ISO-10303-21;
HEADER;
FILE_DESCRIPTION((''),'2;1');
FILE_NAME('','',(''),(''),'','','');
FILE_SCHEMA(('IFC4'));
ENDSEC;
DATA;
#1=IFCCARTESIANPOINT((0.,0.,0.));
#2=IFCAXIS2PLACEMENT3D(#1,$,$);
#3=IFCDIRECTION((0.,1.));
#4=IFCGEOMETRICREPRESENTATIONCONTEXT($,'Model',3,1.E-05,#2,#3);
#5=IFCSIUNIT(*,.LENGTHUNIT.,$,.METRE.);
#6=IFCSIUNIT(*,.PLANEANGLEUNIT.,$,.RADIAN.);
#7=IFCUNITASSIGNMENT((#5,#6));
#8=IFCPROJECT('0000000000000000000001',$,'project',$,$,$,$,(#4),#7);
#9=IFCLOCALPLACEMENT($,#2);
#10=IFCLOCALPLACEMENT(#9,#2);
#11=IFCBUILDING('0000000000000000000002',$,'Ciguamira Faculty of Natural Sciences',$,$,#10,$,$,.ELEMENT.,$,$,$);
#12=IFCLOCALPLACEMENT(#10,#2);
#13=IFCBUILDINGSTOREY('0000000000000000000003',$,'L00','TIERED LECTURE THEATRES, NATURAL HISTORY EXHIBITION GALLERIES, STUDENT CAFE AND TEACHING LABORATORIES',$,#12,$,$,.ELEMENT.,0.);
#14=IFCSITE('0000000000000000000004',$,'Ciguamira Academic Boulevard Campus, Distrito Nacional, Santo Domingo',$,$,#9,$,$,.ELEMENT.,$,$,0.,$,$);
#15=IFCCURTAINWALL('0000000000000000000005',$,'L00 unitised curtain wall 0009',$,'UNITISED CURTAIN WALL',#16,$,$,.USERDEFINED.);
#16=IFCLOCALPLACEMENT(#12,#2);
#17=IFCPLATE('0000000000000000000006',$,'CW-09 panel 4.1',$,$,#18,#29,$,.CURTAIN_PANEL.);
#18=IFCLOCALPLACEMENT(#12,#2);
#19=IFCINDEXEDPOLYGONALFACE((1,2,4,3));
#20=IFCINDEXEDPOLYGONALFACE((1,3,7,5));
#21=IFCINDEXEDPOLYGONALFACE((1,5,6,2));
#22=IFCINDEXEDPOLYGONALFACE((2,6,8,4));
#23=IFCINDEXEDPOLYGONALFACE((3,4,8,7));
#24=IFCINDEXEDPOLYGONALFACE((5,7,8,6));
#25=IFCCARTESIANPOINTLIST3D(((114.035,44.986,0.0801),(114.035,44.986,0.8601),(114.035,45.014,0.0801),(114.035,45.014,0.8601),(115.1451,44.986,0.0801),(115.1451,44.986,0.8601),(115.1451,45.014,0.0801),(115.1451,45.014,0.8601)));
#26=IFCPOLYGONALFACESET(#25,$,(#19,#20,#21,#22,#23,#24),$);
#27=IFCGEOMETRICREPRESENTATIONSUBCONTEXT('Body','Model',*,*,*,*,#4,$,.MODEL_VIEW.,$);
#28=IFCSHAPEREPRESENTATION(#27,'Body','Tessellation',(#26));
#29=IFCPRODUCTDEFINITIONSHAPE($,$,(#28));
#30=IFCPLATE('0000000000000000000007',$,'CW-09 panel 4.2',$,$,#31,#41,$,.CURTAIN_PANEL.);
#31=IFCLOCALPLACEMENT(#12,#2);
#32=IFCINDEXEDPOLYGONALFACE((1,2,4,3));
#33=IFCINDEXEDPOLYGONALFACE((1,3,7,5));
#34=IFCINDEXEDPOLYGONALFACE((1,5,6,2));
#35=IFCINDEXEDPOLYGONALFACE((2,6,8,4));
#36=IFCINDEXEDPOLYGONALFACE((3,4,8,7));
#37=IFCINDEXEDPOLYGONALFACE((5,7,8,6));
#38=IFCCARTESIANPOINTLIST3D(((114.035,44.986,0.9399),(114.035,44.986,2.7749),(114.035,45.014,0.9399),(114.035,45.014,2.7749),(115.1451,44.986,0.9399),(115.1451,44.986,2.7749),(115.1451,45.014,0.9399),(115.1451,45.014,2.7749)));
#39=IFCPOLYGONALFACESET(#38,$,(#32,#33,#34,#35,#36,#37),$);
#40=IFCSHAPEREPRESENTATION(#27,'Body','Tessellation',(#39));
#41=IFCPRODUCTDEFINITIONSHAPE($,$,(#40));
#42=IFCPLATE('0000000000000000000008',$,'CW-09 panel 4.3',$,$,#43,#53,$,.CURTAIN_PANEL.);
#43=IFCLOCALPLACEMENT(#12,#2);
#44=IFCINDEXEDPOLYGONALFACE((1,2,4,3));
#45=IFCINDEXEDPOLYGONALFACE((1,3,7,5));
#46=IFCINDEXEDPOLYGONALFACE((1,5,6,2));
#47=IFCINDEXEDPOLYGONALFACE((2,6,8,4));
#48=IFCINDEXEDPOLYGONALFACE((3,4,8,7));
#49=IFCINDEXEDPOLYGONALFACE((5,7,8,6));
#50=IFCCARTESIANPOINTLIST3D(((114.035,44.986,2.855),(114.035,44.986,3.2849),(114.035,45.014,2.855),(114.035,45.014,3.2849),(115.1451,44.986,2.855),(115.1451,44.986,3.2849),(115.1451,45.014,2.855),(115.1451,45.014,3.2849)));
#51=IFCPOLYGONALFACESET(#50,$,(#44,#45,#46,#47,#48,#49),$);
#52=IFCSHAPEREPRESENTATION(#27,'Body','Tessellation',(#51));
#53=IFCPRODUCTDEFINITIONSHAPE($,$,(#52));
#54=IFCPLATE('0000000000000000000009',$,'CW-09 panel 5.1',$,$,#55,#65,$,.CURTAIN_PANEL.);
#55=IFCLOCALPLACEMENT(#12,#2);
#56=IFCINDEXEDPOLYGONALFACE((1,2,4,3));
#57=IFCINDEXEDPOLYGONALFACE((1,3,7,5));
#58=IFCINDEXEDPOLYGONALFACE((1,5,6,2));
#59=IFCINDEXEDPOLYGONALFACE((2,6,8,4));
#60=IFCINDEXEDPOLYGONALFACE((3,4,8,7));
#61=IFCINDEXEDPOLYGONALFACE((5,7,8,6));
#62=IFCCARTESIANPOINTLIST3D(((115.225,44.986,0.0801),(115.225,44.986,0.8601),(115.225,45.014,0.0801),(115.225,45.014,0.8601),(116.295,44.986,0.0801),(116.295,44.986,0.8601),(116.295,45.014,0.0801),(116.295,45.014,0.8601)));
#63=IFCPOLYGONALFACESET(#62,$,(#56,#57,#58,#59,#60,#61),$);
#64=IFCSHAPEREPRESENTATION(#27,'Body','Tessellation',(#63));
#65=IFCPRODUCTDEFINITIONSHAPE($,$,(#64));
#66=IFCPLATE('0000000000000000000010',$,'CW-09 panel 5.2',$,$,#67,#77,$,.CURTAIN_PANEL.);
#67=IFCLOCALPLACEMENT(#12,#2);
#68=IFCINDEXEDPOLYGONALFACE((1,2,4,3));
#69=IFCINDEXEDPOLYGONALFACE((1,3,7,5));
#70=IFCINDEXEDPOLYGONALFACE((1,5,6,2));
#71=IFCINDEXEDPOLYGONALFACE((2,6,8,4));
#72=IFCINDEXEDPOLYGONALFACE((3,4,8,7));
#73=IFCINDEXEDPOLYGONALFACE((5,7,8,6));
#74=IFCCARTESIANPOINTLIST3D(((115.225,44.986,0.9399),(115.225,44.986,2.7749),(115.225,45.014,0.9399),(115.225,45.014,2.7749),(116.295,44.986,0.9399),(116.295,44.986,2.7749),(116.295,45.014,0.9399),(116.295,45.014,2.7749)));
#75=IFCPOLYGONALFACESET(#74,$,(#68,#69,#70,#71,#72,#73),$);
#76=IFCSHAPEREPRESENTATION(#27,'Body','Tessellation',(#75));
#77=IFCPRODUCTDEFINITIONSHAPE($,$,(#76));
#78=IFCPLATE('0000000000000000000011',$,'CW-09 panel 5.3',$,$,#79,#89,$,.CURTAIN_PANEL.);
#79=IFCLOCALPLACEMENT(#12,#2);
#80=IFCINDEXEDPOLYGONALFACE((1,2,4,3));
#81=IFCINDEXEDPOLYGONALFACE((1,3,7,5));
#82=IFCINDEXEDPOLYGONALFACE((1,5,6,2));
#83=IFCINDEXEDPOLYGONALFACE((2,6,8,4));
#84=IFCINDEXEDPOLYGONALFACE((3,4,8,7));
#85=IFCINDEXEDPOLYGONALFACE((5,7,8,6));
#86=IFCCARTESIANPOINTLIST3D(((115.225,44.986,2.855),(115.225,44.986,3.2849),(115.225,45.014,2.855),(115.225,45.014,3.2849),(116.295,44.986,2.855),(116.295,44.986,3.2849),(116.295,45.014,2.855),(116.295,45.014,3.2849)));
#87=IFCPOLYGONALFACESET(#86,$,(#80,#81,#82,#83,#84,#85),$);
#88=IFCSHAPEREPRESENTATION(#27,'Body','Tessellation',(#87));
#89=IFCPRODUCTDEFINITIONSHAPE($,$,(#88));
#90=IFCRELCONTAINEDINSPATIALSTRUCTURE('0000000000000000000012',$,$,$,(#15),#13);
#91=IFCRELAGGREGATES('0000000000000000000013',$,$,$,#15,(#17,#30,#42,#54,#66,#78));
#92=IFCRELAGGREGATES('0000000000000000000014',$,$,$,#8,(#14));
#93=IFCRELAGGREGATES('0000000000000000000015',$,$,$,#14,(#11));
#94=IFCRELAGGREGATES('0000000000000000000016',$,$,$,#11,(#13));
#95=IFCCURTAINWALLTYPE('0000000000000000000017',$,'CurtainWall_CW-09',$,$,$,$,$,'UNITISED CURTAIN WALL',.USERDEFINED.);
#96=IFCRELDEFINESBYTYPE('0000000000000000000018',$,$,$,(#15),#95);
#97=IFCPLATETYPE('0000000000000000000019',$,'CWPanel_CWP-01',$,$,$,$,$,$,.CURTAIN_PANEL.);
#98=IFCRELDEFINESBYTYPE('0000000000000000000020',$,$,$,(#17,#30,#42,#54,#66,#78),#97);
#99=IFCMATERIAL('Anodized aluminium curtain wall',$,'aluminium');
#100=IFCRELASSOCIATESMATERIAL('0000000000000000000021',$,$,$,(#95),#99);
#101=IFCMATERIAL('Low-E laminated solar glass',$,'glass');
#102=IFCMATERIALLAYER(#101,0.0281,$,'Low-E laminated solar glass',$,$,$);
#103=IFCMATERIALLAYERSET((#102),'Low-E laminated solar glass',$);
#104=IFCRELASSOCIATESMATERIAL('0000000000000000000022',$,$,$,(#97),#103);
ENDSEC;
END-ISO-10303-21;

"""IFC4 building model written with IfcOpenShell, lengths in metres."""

from ifc_helpers import new_model, si_unit, direction, frame, origin, origin_2d, place, context, subcontext, project, spatial, rectangle, extrude, material, layer, layer_set, type_object, element, aggregate, save


model = new_model("IFC4")

# Units and contexts
model_context = context("Model", 3, precision=1e-05, world=origin(), true_north=direction((0.0, 1.0)))
body_context = subcontext(model_context, "Body", "Model", "MODEL_VIEW")
ifc_project = project(units=[si_unit("LENGTHUNIT", "METRE"), si_unit("PLANEANGLEUNIT", "RADIAN")], contexts=[model_context])

# Site, building, storey
site_placement = place(None, origin())
site = spatial("IfcSite", under=ifc_project, at=site_placement, Name="Ciguamira Academic Boulevard Campus, Distrito Nacional, Santo Domingo", CompositionType="ELEMENT", RefElevation=0.0)
building_placement = place(site_placement, origin())
building = spatial("IfcBuilding", under=site, at=building_placement, Name="Ciguamira Faculty of Natural Sciences", CompositionType="ELEMENT")
storey_placement = place(building_placement, origin())
storey = spatial("IfcBuildingStorey", under=building, at=storey_placement, Name="L00", Description="TIERED LECTURE THEATRES, NATURAL HISTORY EXHIBITION GALLERIES, STUDENT CAFE AND TEACHING LABORATORIES", CompositionType="ELEMENT", Elevation=0.0)

# Curtain wall
ifc_material_1 = material(Name="Anodized aluminium curtain wall", Category="aluminium")
curtain_wall_type = type_object("IfcCurtainWallType", Name="CurtainWall_CW-09", ElementType="UNITISED CURTAIN WALL", PredefinedType="USERDEFINED", material=ifc_material_1)
curtain_wall_placement = place(storey_placement, origin())
curtain_wall = element("IfcCurtainWall", 1, at=curtain_wall_placement, inside=storey, type_object=curtain_wall_type, Name="L00 unitised curtain wall 0009", ObjectType="UNITISED CURTAIN WALL", PredefinedType="USERDEFINED")

# Plates
ifc_material_2 = material(Name="Low-E laminated solar glass", Category="glass")
ifc_layer = layer(ifc_material_2, 0.0281, Name="Low-E laminated solar glass")
ifc_layer_set = layer_set([ifc_layer], Name="Low-E laminated solar glass")
plate_type = type_object("IfcPlateType", Name="CWPanel_CWP-01", PredefinedType="CURTAIN_PANEL", material=ifc_layer_set)
plate_1_placement = place(storey_placement, frame((114.5901, 45.0, 0.0801), z_axis=(0.0, 0.0, 1.0), x_axis=(1.0, 0.0, 0.0)))
plate_1 = element("IfcPlate", 2, at=plate_1_placement, type_object=plate_type, Name="CW-09 panel 4.1", PredefinedType="CURTAIN_PANEL", context=body_context, shape_type="SweptSolid", body=[
    extrude(rectangle(XDim=1.1101, YDim=0.0281, at=origin_2d()), origin(), (0.0, 0.0, 1.0), 0.78),
])
plate_2_placement = place(storey_placement, frame((114.5901, 45.0, 0.9399), z_axis=(0.0, 0.0, 1.0), x_axis=(1.0, 0.0, 0.0)))
plate_2 = element("IfcPlate", 3, at=plate_2_placement, type_object=plate_type, Name="CW-09 panel 4.2", PredefinedType="CURTAIN_PANEL", context=body_context, shape_type="SweptSolid", body=[
    extrude(rectangle(XDim=1.1101, YDim=0.0281, at=origin_2d()), origin(), (0.0, 0.0, 1.0), 1.835),
])
plate_3_placement = place(storey_placement, frame((114.5901, 45.0, 2.855), z_axis=(0.0, 0.0, 1.0), x_axis=(1.0, 0.0, 0.0)))
plate_3 = element("IfcPlate", 4, at=plate_3_placement, type_object=plate_type, Name="CW-09 panel 4.3", PredefinedType="CURTAIN_PANEL", context=body_context, shape_type="SweptSolid", body=[
    extrude(rectangle(XDim=1.1101, YDim=0.0281, at=origin_2d()), origin(), (0.0, 0.0, 1.0), 0.4299),
])
plate_4_placement = place(storey_placement, frame((115.76, 45.0, 0.0801), z_axis=(0.0, 0.0, 1.0), x_axis=(1.0, 0.0, 0.0)))
plate_4 = element("IfcPlate", 5, at=plate_4_placement, type_object=plate_type, Name="CW-09 panel 5.1", PredefinedType="CURTAIN_PANEL", context=body_context, shape_type="SweptSolid", body=[
    extrude(rectangle(XDim=1.0701, YDim=0.0281, at=origin_2d()), origin(), (0.0, 0.0, 1.0), 0.78),
])
plate_5_placement = place(storey_placement, frame((115.76, 45.0, 0.9399), z_axis=(0.0, 0.0, 1.0), x_axis=(1.0, 0.0, 0.0)))
plate_5 = element("IfcPlate", 6, at=plate_5_placement, type_object=plate_type, Name="CW-09 panel 5.2", PredefinedType="CURTAIN_PANEL", context=body_context, shape_type="SweptSolid", body=[
    extrude(rectangle(XDim=1.0701, YDim=0.0281, at=origin_2d()), origin(), (0.0, 0.0, 1.0), 1.835),
])
plate_6_placement = place(storey_placement, frame((115.76, 45.0, 2.855), z_axis=(0.0, 0.0, 1.0), x_axis=(1.0, 0.0, 0.0)))
plate_6 = element("IfcPlate", 7, at=plate_6_placement, type_object=plate_type, Name="CW-09 panel 5.3", PredefinedType="CURTAIN_PANEL", context=body_context, shape_type="SweptSolid", body=[
    extrude(rectangle(XDim=1.0701, YDim=0.0281, at=origin_2d()), origin(), (0.0, 0.0, 1.0), 0.4299),
])
aggregate(curtain_wall, [plate_1, plate_2, plate_3, plate_4, plate_5, plate_6])

save(model, "model.ifc")
